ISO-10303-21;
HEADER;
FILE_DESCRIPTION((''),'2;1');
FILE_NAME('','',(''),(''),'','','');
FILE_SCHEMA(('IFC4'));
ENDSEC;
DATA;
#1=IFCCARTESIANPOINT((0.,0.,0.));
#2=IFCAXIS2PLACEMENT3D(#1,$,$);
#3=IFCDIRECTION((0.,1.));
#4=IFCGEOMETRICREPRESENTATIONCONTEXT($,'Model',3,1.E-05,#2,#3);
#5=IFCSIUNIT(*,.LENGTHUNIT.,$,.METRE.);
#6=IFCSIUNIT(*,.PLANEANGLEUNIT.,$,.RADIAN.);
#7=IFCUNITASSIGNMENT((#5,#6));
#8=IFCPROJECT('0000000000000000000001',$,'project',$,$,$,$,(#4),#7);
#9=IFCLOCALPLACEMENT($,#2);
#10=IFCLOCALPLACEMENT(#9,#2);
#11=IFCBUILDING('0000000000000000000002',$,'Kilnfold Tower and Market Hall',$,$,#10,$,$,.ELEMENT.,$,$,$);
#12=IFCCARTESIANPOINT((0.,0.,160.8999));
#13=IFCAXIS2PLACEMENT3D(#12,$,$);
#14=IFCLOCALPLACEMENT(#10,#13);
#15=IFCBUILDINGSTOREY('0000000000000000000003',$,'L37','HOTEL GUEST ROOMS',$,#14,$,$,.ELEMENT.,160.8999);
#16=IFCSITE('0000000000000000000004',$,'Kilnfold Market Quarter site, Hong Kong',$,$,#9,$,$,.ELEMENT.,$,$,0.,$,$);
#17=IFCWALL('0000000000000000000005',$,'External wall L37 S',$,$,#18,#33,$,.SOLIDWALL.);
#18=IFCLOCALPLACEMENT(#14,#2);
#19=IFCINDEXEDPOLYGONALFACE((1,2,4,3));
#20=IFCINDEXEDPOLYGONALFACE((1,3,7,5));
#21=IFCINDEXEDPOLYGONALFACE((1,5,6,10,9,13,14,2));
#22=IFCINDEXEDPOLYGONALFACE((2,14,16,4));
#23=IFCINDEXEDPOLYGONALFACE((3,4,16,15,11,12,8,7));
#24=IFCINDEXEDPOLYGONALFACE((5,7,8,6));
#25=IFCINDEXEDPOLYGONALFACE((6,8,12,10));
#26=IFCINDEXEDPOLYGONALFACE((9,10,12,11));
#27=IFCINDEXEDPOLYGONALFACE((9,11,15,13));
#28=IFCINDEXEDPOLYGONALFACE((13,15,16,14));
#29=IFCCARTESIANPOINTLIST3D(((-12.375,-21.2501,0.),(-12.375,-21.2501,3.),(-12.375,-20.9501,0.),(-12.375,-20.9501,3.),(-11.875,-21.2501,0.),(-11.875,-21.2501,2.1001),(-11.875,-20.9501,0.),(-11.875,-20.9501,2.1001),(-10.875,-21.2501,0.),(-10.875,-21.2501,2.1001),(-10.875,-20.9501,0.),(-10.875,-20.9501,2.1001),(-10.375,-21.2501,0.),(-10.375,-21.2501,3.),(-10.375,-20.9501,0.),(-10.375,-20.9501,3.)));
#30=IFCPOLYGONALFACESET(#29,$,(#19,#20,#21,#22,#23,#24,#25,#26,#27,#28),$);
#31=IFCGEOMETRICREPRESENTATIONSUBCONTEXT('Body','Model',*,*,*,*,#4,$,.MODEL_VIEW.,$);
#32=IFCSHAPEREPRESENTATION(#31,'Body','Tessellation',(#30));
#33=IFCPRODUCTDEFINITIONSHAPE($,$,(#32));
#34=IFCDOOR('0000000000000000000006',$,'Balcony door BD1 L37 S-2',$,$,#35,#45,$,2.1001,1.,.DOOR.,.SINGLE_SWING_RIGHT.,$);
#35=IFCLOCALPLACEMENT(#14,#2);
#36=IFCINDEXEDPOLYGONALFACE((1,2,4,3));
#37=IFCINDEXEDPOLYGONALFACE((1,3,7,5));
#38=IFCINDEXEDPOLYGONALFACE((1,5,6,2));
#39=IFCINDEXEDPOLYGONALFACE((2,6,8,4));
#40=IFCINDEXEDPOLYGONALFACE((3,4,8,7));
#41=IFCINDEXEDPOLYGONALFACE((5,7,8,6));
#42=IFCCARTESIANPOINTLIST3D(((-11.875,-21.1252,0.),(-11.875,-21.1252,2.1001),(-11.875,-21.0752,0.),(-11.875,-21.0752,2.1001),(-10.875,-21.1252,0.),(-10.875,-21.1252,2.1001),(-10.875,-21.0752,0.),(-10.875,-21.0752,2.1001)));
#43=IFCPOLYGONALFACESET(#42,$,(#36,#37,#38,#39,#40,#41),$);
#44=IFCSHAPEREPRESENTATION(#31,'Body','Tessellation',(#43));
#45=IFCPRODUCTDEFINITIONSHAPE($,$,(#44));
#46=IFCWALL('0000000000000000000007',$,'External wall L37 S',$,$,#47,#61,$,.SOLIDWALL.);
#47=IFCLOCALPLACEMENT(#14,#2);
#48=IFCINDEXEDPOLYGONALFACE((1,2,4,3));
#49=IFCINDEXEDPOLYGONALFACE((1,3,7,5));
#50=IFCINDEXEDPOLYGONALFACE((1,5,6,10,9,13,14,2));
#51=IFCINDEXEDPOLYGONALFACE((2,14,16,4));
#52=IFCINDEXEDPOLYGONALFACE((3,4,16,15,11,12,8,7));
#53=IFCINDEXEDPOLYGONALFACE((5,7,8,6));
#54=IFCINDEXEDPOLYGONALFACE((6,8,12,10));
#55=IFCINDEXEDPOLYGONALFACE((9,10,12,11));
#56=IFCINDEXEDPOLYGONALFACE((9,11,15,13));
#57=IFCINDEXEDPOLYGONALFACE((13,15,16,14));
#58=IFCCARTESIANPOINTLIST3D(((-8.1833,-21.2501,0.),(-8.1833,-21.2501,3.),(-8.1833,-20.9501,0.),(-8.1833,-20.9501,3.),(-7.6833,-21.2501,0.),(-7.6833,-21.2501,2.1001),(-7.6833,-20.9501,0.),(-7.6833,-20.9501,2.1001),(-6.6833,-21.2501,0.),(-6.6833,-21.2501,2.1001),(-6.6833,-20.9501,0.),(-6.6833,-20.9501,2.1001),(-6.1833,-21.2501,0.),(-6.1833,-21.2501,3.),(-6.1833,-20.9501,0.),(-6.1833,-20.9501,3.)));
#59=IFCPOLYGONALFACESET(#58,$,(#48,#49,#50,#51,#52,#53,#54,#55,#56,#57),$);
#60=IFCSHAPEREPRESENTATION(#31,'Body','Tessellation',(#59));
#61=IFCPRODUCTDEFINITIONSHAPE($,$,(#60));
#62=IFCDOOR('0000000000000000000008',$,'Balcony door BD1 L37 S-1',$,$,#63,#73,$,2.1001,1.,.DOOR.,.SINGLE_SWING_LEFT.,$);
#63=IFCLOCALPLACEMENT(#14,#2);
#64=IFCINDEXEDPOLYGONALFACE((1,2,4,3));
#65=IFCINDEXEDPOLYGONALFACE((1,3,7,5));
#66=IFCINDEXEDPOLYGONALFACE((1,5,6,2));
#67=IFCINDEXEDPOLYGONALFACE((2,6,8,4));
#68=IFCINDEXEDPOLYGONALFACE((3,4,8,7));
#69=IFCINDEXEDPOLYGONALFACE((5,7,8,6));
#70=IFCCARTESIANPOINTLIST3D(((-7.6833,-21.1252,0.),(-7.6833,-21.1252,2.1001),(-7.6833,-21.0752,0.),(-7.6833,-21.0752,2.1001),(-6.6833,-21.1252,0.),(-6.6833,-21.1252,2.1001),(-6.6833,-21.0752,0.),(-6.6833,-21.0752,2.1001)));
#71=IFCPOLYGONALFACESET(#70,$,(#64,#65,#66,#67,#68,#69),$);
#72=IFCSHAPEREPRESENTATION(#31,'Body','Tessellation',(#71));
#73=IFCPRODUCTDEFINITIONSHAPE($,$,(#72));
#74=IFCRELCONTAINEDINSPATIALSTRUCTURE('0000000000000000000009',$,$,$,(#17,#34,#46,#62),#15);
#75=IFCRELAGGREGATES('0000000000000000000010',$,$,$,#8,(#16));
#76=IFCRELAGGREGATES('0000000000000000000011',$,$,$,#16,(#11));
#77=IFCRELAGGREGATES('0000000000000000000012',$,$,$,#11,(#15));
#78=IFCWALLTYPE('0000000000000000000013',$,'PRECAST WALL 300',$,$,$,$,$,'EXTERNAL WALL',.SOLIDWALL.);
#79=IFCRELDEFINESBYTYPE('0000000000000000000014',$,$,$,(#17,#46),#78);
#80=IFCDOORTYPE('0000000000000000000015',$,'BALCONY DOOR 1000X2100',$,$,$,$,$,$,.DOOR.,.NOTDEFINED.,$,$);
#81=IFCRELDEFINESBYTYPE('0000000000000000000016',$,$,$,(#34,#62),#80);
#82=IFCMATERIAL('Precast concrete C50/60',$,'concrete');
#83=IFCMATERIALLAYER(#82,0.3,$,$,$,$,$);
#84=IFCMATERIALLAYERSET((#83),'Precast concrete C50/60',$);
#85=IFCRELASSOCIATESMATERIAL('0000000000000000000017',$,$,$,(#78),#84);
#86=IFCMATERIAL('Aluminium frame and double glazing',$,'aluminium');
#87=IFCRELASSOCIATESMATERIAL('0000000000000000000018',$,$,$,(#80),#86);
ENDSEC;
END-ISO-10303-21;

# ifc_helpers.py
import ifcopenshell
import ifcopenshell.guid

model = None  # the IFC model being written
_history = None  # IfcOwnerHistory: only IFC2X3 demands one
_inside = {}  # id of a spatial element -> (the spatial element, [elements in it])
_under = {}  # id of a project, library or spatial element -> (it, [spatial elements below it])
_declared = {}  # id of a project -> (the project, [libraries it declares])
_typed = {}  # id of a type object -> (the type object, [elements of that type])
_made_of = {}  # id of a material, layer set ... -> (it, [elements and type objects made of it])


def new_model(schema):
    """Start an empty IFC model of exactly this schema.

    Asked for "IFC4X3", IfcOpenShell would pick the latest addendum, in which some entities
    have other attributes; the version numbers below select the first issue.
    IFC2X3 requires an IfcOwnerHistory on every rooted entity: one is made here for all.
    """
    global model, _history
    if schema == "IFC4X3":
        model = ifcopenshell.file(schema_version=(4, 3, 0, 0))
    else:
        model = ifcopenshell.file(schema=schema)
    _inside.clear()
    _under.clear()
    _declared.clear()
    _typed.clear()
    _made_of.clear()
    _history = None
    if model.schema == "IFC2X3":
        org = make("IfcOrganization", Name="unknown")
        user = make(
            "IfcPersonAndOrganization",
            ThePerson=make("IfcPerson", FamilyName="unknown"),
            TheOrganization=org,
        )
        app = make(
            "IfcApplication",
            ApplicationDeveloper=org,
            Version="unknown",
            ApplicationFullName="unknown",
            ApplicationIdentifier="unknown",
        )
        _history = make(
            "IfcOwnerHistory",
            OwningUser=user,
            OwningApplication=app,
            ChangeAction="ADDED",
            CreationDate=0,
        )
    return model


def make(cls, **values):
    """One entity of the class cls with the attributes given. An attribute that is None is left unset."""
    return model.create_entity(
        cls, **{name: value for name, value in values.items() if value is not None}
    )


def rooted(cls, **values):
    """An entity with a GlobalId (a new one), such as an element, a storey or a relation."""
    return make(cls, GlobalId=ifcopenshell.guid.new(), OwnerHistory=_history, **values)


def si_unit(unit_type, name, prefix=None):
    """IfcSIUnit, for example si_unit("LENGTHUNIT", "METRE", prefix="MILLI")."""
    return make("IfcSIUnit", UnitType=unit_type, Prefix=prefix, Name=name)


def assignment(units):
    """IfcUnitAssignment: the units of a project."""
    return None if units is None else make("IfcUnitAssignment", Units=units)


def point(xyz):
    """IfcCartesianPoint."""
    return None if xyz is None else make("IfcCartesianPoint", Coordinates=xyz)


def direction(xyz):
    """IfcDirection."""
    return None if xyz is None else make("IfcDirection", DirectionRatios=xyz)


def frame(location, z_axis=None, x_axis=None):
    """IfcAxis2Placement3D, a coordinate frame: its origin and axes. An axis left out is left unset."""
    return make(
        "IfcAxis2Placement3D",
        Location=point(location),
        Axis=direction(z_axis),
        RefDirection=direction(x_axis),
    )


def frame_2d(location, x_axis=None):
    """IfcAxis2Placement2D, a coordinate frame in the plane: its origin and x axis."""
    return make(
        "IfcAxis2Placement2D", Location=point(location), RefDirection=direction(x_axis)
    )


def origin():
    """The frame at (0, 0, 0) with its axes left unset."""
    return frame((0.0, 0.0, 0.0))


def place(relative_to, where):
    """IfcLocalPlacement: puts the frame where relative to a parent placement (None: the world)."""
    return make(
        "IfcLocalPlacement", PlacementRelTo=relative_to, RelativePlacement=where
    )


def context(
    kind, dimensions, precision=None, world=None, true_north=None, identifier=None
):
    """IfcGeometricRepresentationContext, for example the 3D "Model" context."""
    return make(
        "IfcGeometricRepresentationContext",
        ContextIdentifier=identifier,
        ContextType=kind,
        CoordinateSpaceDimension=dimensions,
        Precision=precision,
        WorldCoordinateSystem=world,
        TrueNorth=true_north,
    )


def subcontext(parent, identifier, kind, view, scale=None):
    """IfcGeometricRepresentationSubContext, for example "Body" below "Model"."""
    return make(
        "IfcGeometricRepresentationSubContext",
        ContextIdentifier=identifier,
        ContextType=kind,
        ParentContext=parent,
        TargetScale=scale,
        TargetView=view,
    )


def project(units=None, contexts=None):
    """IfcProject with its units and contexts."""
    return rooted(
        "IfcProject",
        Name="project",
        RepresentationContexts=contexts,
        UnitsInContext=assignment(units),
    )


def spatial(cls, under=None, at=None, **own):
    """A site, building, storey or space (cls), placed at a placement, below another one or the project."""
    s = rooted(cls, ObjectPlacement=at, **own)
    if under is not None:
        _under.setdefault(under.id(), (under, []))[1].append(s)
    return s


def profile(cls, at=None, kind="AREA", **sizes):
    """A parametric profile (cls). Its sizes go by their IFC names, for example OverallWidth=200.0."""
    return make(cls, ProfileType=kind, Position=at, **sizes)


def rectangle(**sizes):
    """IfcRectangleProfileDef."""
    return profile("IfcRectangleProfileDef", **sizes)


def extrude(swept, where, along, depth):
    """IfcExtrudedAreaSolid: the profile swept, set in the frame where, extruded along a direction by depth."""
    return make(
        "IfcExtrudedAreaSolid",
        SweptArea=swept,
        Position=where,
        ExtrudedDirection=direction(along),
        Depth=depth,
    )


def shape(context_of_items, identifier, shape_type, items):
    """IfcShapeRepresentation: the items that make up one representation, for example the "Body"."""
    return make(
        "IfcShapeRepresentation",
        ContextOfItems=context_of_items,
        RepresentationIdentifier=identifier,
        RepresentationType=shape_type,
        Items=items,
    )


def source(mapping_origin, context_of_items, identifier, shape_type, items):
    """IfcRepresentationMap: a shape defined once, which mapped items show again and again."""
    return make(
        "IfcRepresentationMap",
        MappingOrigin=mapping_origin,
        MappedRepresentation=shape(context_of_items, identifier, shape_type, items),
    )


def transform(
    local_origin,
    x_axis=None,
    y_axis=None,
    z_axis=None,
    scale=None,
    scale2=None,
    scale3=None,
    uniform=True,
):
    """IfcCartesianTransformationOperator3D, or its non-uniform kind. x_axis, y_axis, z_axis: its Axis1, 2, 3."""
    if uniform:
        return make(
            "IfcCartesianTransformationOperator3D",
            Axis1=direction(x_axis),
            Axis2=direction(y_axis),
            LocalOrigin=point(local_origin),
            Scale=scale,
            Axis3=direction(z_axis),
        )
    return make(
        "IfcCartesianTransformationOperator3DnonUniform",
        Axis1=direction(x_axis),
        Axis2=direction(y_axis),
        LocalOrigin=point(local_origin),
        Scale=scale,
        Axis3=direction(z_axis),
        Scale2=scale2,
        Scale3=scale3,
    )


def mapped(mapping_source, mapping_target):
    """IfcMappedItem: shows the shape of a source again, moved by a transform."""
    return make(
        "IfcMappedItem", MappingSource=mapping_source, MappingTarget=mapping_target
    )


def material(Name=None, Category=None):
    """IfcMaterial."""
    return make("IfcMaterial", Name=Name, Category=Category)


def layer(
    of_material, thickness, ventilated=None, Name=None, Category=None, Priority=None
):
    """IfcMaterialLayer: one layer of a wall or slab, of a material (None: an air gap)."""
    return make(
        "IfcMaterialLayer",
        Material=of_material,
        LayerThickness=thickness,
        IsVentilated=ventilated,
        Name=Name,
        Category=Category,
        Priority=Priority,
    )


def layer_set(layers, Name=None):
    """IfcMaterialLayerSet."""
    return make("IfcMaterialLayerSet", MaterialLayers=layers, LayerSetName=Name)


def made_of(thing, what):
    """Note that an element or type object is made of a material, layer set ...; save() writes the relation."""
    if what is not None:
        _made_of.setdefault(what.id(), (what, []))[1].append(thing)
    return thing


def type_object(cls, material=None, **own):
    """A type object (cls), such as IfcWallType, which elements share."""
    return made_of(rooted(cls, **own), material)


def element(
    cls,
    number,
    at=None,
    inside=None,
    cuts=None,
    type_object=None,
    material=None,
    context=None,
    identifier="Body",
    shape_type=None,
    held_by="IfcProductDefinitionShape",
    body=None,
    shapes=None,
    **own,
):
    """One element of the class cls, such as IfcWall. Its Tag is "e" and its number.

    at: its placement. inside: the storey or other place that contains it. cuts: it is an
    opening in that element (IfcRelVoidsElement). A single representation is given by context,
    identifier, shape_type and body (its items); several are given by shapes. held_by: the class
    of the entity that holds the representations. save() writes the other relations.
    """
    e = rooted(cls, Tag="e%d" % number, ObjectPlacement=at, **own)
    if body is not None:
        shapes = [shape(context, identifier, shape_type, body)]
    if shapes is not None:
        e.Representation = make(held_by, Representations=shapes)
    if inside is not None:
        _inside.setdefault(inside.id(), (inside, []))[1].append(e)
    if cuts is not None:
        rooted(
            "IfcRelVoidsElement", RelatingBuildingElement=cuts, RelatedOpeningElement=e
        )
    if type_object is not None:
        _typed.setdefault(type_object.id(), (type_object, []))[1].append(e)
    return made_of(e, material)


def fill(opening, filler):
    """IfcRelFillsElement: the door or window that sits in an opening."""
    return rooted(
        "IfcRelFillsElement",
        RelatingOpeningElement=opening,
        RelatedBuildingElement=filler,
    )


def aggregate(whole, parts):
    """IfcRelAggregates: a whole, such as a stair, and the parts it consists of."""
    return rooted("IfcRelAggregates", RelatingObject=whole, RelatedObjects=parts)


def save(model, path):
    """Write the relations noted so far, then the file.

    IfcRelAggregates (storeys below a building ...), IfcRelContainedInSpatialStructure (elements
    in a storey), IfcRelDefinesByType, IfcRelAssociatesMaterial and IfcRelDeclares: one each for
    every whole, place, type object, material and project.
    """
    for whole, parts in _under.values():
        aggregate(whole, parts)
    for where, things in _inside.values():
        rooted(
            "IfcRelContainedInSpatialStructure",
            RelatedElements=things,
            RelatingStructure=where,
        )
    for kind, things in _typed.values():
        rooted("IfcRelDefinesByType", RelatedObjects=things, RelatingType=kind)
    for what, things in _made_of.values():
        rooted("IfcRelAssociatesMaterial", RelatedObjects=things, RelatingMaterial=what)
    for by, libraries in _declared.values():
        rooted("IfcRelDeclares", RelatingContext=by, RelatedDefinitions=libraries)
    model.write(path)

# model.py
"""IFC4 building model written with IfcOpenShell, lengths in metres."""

from ifc_helpers import new_model, si_unit, direction, frame, frame_2d, origin, place, context, subcontext, project, spatial, rectangle, extrude, source, transform, mapped, material, layer, layer_set, type_object, element, fill, save


model = new_model("IFC4")

# Units and contexts
model_context = context("Model", 3, precision=1e-05, world=origin(), true_north=direction((0.0, 1.0)))
body_context = subcontext(model_context, "Body", "Model", "MODEL_VIEW")
ifc_project = project(units=[si_unit("LENGTHUNIT", "METRE"), si_unit("PLANEANGLEUNIT", "RADIAN")], contexts=[model_context])

# Site, building, storey
site_placement = place(None, origin())
site = spatial("IfcSite", under=ifc_project, at=site_placement, Name="Kilnfold Market Quarter site, Hong Kong", CompositionType="ELEMENT", RefElevation=0.0)
building_placement = place(site_placement, origin())
building = spatial("IfcBuilding", under=site, at=building_placement, Name="Kilnfold Tower and Market Hall", CompositionType="ELEMENT")
storey_placement = place(building_placement, frame((0.0, 0.0, 160.8999)))
storey = spatial("IfcBuildingStorey", under=building, at=storey_placement, Name="L37", Description="HOTEL GUEST ROOMS", CompositionType="ELEMENT", Elevation=160.8999)

# Walls, openings, doors
ifc_material_1 = material(Name="Precast concrete C50/60", Category="concrete")
ifc_layer_1 = layer(ifc_material_1, 0.3)
ifc_layer_set_1 = layer_set([ifc_layer_1], Name="Precast concrete C50/60")
wall_type_1 = type_object("IfcWallType", Name="PRECAST WALL 300", ElementType="EXTERNAL WALL", PredefinedType="SOLIDWALL", material=ifc_layer_set_1)
shared_shape_1 = source(origin(), body_context, "Body", "SweptSolid", [
    extrude(rectangle(XDim=2.0, YDim=0.3, at=frame_2d((1.0, 0.0))), origin(), (0.0, 0.0, 1.0), 3.0),
])
wall_1_placement = place(storey_placement, frame((-12.375, -21.1001, 0.0), z_axis=(0.0, 0.0, 1.0), x_axis=(1.0, 0.0, 0.0)))
wall_1 = element("IfcWall", 1, at=wall_1_placement, inside=storey, type_object=wall_type_1, Name="External wall L37 S", PredefinedType="SOLIDWALL", context=body_context, shape_type="MappedRepresentation", body=[
    mapped(shared_shape_1, transform((0.0, 0.0, 0.0))),
])
opening_1_placement = place(wall_1_placement, frame((0.5, 0.0, 0.0)))
opening_1 = element("IfcOpeningElement", 2, at=opening_1_placement, cuts=wall_1, PredefinedType="OPENING", context=body_context, shape_type="SweptSolid", body=[
    extrude(rectangle(XDim=1.0, YDim=2.1001, at=frame_2d((0.5, 1.05))), frame((0.0, 0.1602, 0.0), z_axis=(0.0, -1.0, 0.0), x_axis=(1.0, 0.0, 0.0)), (0.0, 0.0, 1.0), 0.3201),
])
ifc_material_2 = material(Name="Aluminium frame and double glazing", Category="aluminium")
door_type_1 = type_object("IfcDoorType", Name="BALCONY DOOR 1000X2100", OperationType="NOTDEFINED", PredefinedType="DOOR", material=ifc_material_2)
door_1_placement = place(opening_1_placement, origin())
door_1 = element("IfcDoor", 3, at=door_1_placement, inside=storey, type_object=door_type_1, Name="Balcony door BD1 L37 S-2", OperationType="SINGLE_SWING_RIGHT", OverallHeight=2.1001, OverallWidth=1.0, PredefinedType="DOOR", context=body_context, shape_type="SweptSolid", body=[
    extrude(rectangle(XDim=1.0, YDim=2.1001, at=frame_2d((0.5, 1.05))), frame((0.0, 0.0249, 0.0), z_axis=(0.0, -1.0, 0.0), x_axis=(1.0, 0.0, 0.0)), (0.0, 0.0, 1.0), 0.05),
])
fill(opening_1, door_1)
wall_2_placement = place(storey_placement, frame((-8.1833, -21.1001, 0.0), z_axis=(0.0, 0.0, 1.0), x_axis=(1.0, 0.0, 0.0)))
wall_2 = element("IfcWall", 4, at=wall_2_placement, inside=storey, type_object=wall_type_1, Name="External wall L37 S", PredefinedType="SOLIDWALL", context=body_context, shape_type="MappedRepresentation", body=[
    mapped(shared_shape_1, transform((0.0, 0.0, 0.0))),
])
opening_2_placement = place(wall_2_placement, frame((0.5, 0.0, 0.0)))
opening_2 = element("IfcOpeningElement", 5, at=opening_2_placement, cuts=wall_2, PredefinedType="OPENING", context=body_context, shape_type="SweptSolid", body=[
    extrude(rectangle(XDim=1.0, YDim=2.1001, at=frame_2d((0.5, 1.05))), frame((0.0, 0.1602, 0.0), z_axis=(0.0, -1.0, 0.0), x_axis=(1.0, 0.0, 0.0)), (0.0, 0.0, 1.0), 0.3201),
])
door_2_placement = place(opening_2_placement, origin())
door_2 = element("IfcDoor", 6, at=door_2_placement, inside=storey, type_object=door_type_1, Name="Balcony door BD1 L37 S-1", OperationType="SINGLE_SWING_LEFT", OverallHeight=2.1001, OverallWidth=1.0, PredefinedType="DOOR", context=body_context, shape_type="SweptSolid", body=[
    extrude(rectangle(XDim=1.0, YDim=2.1001, at=frame_2d((0.5, 1.05))), frame((0.0, 0.0249, 0.0), z_axis=(0.0, -1.0, 0.0), x_axis=(1.0, 0.0, 0.0)), (0.0, 0.0, 1.0), 0.05),
])
fill(opening_2, door_2)

save(model, "model.ifc")
